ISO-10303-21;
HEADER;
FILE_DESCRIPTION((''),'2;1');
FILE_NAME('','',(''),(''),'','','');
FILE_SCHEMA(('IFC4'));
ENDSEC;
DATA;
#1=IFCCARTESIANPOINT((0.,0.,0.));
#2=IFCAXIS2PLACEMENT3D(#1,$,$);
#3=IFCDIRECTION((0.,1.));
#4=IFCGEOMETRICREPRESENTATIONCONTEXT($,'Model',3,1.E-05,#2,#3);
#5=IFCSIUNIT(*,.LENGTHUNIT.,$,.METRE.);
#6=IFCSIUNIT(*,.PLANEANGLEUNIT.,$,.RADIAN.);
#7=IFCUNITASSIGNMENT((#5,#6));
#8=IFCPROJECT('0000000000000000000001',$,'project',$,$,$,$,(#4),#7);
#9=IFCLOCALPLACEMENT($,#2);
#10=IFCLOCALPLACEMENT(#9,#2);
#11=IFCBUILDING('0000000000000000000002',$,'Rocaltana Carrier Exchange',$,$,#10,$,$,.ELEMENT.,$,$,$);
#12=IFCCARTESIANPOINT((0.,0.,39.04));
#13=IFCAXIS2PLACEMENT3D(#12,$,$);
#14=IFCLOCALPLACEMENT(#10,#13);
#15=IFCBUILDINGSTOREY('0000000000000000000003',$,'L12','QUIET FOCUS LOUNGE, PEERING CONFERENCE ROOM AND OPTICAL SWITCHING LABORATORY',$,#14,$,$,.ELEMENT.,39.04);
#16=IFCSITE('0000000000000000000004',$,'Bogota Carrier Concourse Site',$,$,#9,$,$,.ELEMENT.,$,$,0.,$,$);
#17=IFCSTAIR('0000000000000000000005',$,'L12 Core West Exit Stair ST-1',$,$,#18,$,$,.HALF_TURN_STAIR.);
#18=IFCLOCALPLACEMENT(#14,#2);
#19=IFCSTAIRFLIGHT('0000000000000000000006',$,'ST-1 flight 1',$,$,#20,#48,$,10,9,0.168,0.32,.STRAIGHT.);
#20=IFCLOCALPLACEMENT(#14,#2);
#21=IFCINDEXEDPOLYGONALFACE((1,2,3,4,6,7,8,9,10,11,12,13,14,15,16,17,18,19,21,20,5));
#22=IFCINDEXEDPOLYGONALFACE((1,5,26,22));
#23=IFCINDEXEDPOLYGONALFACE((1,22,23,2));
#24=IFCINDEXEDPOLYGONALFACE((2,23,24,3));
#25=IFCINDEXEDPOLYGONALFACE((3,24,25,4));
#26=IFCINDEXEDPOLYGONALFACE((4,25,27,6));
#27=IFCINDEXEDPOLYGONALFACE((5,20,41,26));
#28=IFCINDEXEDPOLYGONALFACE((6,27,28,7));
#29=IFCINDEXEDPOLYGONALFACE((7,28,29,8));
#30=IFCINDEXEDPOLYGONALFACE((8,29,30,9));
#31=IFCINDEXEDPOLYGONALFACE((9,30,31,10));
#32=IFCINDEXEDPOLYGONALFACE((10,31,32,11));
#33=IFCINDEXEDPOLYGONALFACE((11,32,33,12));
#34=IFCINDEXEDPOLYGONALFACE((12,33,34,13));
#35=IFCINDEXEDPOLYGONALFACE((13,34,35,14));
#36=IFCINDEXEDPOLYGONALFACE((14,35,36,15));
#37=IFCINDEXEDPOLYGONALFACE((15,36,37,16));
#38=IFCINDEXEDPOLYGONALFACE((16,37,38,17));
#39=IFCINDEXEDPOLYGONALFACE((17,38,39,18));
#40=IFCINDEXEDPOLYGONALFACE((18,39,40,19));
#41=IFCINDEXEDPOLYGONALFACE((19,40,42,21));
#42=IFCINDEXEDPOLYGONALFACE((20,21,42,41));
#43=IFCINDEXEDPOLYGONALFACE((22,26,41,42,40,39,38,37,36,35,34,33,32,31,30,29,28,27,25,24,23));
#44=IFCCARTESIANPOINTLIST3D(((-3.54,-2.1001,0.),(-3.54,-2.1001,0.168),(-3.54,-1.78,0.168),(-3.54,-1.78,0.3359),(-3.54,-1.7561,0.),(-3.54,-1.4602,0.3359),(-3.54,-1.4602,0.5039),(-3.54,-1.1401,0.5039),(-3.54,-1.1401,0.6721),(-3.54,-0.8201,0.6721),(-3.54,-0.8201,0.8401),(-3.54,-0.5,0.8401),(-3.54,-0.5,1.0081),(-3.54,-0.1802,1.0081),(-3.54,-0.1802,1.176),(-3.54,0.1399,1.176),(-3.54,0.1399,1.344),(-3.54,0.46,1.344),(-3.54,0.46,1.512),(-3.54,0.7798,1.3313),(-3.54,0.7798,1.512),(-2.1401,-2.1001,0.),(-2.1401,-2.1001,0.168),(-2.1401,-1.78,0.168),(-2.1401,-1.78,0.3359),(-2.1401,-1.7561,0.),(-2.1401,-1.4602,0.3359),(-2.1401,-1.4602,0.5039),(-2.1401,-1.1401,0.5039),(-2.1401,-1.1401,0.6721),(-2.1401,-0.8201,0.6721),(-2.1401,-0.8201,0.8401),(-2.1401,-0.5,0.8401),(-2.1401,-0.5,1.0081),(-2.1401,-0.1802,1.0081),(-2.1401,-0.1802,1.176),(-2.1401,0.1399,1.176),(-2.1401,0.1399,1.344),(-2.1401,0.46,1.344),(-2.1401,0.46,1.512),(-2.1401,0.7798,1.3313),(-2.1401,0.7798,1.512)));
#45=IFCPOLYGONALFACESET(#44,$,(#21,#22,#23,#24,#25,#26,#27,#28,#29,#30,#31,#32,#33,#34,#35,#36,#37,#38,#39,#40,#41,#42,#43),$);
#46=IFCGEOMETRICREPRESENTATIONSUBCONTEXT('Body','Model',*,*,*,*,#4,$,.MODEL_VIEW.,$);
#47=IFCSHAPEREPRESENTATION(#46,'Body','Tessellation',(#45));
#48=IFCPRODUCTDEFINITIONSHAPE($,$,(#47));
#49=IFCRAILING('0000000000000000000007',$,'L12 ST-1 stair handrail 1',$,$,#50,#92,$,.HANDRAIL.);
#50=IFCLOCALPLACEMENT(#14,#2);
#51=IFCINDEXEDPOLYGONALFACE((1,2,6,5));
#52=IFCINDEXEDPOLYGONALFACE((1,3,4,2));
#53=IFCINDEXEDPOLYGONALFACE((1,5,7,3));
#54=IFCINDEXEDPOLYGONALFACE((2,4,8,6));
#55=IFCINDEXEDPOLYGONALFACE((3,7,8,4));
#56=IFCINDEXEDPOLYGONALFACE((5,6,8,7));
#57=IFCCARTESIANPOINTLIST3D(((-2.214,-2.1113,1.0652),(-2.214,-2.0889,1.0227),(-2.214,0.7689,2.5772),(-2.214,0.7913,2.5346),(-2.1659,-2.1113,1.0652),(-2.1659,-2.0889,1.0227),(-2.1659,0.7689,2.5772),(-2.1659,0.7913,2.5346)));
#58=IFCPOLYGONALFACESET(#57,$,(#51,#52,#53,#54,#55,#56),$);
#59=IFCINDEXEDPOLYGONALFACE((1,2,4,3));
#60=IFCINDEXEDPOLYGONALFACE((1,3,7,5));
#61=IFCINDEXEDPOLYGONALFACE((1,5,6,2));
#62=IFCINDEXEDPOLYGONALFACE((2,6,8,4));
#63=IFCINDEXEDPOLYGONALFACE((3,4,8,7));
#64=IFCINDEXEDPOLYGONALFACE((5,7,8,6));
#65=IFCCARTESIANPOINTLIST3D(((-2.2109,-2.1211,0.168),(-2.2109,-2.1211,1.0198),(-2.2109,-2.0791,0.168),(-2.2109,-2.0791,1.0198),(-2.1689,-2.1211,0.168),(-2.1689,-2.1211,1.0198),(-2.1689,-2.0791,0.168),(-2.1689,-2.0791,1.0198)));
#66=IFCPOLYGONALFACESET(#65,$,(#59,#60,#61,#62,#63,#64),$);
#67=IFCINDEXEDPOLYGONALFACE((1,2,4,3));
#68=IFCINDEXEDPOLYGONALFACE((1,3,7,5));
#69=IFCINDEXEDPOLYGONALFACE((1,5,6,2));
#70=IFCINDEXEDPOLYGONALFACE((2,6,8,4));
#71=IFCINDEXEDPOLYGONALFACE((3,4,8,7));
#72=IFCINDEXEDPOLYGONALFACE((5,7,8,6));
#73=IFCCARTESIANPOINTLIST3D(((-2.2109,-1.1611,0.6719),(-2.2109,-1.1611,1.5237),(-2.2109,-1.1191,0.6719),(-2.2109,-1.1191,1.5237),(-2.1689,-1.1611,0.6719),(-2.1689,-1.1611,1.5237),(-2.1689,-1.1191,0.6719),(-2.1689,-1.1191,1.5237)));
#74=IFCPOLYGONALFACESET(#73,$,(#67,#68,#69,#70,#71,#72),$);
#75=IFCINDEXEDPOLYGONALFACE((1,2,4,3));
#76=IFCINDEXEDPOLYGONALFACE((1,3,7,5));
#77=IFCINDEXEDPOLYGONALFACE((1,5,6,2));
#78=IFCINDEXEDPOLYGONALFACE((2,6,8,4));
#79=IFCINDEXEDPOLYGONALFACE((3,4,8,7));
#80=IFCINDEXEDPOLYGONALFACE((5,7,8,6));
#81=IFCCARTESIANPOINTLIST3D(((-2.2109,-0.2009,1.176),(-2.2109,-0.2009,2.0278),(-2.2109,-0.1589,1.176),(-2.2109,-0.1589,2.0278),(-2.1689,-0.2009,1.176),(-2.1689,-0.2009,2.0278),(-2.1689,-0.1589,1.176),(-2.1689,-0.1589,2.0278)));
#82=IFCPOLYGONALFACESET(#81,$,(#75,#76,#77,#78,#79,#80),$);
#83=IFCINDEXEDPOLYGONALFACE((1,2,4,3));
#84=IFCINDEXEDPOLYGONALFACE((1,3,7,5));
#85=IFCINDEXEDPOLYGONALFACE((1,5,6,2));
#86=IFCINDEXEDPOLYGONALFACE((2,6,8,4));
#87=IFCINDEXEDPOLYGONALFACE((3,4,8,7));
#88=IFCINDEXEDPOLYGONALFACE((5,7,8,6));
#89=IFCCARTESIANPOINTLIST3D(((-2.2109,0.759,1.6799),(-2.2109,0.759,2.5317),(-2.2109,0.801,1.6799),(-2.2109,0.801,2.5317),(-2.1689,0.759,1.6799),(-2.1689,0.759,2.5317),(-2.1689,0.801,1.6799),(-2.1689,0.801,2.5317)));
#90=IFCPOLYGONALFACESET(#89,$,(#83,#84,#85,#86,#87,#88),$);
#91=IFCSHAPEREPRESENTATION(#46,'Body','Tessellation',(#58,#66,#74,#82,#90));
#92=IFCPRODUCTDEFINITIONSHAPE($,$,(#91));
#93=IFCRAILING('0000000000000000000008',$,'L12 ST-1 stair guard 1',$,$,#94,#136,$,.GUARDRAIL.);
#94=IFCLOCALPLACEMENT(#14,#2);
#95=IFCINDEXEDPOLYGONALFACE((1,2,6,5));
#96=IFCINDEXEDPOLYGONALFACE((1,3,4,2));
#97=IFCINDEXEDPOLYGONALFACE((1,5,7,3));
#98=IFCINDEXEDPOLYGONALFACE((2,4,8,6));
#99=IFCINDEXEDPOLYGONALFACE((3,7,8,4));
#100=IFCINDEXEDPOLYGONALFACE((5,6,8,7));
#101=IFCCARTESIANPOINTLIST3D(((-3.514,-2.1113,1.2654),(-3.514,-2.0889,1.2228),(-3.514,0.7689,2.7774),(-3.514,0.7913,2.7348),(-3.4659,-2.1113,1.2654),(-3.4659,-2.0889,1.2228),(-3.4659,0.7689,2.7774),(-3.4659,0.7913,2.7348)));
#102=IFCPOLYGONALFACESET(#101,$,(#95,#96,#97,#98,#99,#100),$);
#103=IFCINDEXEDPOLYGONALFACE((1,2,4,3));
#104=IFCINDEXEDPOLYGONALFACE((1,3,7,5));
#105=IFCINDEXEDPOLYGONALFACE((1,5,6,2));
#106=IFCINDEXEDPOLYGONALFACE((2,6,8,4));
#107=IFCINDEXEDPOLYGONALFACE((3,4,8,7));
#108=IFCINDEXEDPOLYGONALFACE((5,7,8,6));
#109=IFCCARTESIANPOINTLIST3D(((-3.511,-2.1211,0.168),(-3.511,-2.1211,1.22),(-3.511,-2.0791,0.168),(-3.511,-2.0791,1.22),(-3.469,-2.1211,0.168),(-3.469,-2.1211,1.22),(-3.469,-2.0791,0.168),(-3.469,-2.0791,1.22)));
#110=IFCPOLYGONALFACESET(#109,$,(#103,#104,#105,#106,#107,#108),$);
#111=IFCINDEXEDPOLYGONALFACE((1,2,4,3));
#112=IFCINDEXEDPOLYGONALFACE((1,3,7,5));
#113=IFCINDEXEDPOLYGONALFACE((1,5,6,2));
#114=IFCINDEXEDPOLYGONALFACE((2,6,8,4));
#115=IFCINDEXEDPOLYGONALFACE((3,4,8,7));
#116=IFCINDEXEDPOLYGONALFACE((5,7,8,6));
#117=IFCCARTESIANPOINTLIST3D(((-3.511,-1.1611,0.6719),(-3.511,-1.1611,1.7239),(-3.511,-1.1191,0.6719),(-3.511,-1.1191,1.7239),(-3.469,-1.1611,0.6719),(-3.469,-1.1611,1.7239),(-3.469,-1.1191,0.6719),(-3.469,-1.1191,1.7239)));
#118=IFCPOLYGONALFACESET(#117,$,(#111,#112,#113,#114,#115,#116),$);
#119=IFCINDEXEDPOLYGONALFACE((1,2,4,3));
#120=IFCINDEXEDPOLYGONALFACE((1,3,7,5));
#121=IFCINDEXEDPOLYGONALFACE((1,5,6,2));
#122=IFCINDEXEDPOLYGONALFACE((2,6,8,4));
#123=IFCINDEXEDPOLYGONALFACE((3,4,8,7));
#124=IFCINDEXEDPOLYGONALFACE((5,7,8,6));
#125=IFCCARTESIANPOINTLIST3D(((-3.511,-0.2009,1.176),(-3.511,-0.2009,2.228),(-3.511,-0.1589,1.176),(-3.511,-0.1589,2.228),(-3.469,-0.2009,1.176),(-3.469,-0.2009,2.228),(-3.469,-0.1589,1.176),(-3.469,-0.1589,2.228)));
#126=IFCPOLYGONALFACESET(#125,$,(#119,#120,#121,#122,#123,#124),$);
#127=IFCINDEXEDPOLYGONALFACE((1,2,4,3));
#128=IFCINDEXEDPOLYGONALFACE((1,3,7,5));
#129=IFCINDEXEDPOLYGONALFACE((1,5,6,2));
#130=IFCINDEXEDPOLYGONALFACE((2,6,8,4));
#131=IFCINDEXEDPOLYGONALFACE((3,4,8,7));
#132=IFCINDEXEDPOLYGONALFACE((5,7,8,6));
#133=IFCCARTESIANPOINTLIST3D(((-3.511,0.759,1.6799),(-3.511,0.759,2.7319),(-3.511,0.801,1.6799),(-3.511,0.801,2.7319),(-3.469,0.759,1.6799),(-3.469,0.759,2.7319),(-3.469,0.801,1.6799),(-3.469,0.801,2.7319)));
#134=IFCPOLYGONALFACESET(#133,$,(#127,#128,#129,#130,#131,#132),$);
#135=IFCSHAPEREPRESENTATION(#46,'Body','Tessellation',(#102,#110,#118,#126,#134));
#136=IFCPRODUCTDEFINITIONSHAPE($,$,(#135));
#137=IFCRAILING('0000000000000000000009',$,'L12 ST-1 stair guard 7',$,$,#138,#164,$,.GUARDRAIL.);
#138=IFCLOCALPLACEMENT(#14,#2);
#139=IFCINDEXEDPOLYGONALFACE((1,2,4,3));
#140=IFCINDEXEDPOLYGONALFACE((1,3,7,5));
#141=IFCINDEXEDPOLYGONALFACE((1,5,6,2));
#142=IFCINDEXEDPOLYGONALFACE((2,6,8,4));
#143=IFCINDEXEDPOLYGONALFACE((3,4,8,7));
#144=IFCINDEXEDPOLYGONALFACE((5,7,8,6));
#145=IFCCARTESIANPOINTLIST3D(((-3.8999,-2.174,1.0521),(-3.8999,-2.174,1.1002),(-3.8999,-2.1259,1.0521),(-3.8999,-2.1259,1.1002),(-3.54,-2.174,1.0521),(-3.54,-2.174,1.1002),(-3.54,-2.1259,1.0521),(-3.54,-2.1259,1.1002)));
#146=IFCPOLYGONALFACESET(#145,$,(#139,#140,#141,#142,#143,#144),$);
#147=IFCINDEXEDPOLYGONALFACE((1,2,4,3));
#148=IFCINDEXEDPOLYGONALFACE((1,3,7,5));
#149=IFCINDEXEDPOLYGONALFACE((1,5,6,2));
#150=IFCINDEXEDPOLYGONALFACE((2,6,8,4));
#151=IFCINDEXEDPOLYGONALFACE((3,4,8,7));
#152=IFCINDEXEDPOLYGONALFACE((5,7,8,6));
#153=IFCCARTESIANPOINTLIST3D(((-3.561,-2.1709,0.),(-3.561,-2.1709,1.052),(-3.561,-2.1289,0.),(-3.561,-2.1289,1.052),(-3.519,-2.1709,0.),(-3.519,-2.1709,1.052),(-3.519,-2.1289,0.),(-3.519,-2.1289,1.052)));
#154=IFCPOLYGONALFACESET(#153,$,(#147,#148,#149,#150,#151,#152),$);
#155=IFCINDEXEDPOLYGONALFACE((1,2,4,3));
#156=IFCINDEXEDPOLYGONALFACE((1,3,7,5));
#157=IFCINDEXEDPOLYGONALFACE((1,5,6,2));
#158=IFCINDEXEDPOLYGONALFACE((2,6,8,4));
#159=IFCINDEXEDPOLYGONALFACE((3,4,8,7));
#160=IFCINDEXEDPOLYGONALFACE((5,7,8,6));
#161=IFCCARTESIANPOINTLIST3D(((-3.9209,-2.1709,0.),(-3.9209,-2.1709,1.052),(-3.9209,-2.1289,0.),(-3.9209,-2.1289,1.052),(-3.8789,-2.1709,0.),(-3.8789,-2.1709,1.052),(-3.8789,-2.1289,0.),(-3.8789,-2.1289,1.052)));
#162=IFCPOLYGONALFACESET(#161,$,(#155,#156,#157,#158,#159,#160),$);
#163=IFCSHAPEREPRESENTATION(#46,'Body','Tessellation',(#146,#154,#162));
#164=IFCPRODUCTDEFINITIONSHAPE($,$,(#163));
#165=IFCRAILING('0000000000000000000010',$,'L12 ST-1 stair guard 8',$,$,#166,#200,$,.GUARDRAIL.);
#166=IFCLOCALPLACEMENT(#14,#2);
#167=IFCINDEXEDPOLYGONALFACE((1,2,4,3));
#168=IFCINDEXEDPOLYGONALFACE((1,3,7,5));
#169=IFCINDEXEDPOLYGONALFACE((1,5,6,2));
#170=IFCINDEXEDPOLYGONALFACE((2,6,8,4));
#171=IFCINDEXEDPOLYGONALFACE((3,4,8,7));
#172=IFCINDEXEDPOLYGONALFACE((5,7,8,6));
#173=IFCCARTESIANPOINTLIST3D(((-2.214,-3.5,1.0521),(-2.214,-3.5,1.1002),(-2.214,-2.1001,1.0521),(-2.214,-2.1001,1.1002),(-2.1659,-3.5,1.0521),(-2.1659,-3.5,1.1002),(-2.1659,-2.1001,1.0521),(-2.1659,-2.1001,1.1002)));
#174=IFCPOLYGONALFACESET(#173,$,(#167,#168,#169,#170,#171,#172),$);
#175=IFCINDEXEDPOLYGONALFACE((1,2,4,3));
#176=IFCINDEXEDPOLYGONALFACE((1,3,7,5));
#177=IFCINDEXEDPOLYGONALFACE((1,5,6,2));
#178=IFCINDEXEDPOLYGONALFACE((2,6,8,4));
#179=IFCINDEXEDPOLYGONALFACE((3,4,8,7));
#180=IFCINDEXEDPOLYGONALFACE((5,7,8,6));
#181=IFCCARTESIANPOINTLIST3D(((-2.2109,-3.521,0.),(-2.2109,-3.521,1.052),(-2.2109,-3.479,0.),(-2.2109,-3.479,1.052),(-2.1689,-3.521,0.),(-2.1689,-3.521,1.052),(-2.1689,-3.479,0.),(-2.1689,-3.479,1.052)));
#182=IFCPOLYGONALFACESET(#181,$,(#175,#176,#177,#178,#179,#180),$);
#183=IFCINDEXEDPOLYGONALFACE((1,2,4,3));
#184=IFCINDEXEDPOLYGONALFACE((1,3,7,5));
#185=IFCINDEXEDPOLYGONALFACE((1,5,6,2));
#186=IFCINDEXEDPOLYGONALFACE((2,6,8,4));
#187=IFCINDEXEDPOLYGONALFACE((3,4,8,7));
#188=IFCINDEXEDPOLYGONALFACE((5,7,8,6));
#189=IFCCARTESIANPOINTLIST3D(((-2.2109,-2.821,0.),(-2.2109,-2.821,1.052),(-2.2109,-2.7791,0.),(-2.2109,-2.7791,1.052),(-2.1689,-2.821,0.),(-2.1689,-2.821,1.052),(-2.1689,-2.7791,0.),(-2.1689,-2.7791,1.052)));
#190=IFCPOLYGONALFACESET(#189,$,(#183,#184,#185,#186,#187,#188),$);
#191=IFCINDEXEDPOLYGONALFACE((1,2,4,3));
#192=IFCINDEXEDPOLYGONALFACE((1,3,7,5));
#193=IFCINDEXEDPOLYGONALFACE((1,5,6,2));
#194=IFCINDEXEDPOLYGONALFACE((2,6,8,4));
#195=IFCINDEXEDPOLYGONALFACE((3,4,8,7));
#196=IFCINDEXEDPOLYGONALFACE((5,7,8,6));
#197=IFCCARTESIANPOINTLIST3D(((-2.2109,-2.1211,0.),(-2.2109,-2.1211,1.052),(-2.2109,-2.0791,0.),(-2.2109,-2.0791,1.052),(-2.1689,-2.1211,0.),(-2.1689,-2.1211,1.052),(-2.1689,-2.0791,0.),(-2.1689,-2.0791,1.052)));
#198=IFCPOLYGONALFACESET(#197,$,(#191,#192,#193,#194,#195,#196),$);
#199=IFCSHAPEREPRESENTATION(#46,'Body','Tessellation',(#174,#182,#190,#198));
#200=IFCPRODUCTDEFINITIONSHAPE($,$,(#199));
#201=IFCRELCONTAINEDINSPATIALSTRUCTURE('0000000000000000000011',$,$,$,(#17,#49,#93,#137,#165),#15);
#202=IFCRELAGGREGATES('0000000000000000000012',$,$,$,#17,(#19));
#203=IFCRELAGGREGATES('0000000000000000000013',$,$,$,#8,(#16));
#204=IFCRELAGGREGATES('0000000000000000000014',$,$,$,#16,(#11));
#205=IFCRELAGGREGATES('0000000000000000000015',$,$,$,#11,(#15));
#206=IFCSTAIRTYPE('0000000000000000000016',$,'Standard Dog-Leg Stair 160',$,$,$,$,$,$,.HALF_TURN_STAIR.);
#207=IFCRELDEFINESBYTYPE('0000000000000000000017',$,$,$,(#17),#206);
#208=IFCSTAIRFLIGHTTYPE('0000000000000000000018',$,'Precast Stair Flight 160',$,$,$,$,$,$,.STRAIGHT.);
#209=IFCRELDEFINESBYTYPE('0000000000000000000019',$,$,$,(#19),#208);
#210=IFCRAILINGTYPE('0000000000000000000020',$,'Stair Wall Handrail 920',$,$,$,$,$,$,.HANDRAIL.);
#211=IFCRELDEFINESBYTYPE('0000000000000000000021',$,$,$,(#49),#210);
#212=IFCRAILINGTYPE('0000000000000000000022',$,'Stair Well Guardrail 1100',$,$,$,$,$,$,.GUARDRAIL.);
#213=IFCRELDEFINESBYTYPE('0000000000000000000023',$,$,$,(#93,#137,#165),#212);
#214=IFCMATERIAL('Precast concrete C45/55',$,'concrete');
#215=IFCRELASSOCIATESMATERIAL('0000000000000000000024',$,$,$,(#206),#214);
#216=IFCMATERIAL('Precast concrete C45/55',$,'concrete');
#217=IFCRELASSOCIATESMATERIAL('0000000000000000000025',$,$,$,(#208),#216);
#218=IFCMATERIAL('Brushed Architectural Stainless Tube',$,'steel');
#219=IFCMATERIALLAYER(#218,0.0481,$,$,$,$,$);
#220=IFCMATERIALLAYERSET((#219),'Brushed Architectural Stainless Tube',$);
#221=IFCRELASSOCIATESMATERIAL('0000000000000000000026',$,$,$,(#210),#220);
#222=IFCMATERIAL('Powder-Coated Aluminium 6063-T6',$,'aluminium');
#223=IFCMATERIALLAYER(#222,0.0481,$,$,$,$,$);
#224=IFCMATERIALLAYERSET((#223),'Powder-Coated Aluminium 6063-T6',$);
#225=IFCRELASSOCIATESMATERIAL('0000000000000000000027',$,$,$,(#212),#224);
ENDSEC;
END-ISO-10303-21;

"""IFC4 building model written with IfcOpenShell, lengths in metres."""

from ifc_helpers import new_model, si_unit, direction, frame, origin, origin_2d, place, context, subcontext, project, spatial, polyline, rectangle, outline, extrude, material, layer, layer_set, type_object, element, aggregate, save


model = new_model("IFC4")

# Units and contexts
model_context = context("Model", 3, precision=1e-05, world=origin(), true_north=direction((0.0, 1.0)))
body_context = subcontext(model_context, "Body", "Model", "MODEL_VIEW")
ifc_project = project(units=[si_unit("LENGTHUNIT", "METRE"), si_unit("PLANEANGLEUNIT", "RADIAN")], contexts=[model_context])

# Site, building, storey
site_placement = place(None, origin())
site = spatial("IfcSite", under=ifc_project, at=site_placement, Name="Bogota Carrier Concourse Site", CompositionType="ELEMENT", RefElevation=0.0)
building_placement = place(site_placement, origin())
building = spatial("IfcBuilding", under=site, at=building_placement, Name="Rocaltana Carrier Exchange", CompositionType="ELEMENT")
storey_placement = place(building_placement, frame((0.0, 0.0, 39.04)))
storey = spatial("IfcBuildingStorey", under=building, at=storey_placement, Name="L12", Description="QUIET FOCUS LOUNGE, PEERING CONFERENCE ROOM AND OPTICAL SWITCHING LABORATORY", CompositionType="ELEMENT", Elevation=39.04)

# Stair, stair flight
ifc_material_1 = material(Name="Precast concrete C45/55", Category="concrete")
stair_type = type_object("IfcStairType", Name="Standard Dog-Leg Stair 160", PredefinedType="HALF_TURN_STAIR", material=ifc_material_1)
stair_placement = place(storey_placement, origin())
stair = element("IfcStair", 1, at=stair_placement, inside=storey, type_object=stair_type, Name="L12 Core West Exit Stair ST-1", PredefinedType="HALF_TURN_STAIR")
ifc_material_2 = material(Name="Precast concrete C45/55", Category="concrete")
stair_flight_type = type_object("IfcStairFlightType", Name="Precast Stair Flight 160", PredefinedType="STRAIGHT", material=ifc_material_2)
stair_flight_placement = place(storey_placement, frame((-2.8401, -2.1001, 0.0), z_axis=(0.0, 0.0, 1.0), x_axis=(0.0, 1.0, 0.0)))
stair_flight = element("IfcStairFlight", 2, at=stair_flight_placement, type_object=stair_flight_type, Name="ST-1 flight 1", NumberOfRisers=10, NumberOfTreads=9, PredefinedType="STRAIGHT", RiserHeight=0.168, TreadLength=0.32, context=body_context, shape_type="SweptSolid", body=[
    extrude(outline(polyline([(0.0, 0.0), (0.0, 0.168), (0.3201, 0.168), (0.3201, 0.3359), (0.6399, 0.3359), (0.6399, 0.5039), (0.96, 0.5039), (0.96, 0.6721), (1.28, 0.6721), (1.28, 0.8401), (1.6001, 0.8401), (1.6001, 1.0081), (1.9199, 1.0081), (1.9199, 1.176), (2.24, 1.176), (2.24, 1.344), (2.5601, 1.344), (2.5601, 1.512), (2.8799, 1.512), (2.8799, 1.6799), (2.8799, 1.3313), (0.344, 0.0), (0.0, 0.0)])), frame((0.0, 0.7, 0.0), z_axis=(0.0, -1.0, 0.0), x_axis=(1.0, 0.0, 0.0)), (0.0, 0.0, 1.0), 1.3999),
])
aggregate(stair, [stair_flight])

# Railings
ifc_material_3 = material(Name="Brushed Architectural Stainless Tube", Category="steel")
ifc_layer_1 = layer(ifc_material_3, 0.0481)
ifc_layer_set_1 = layer_set([ifc_layer_1], Name="Brushed Architectural Stainless Tube")
railing_type_1 = type_object("IfcRailingType", Name="Stair Wall Handrail 920", PredefinedType="HANDRAIL", material=ifc_layer_set_1)
railing_1_placement = place(storey_placement, frame((-2.1899, -2.1001, 0.168)))
element("IfcRailing", 3, at=railing_1_placement, inside=storey, type_object=railing_type_1, Name="L12 ST-1 stair handrail 1", PredefinedType="HANDRAIL", context=body_context, shape_type="SweptSolid", body=[
    extrude(rectangle(XDim=0.0481, YDim=0.0481, at=origin_2d()), frame((0.0, 0.0, 0.876), z_axis=(0.0, 0.885411, 0.464809), x_axis=(-1.0, 0.0, 0.0)), (0.0, 0.0, 1.0), 3.2529),
    extrude(rectangle(XDim=0.042, YDim=0.042, at=origin_2d()), origin(), (0.0, 0.0, 1.0), 0.8518),
    extrude(rectangle(XDim=0.042, YDim=0.042, at=origin_2d()), frame((0.0, 0.96, 0.5039)), (0.0, 0.0, 1.0), 0.8518),
    extrude(rectangle(XDim=0.042, YDim=0.042, at=origin_2d()), frame((0.0, 1.9202, 1.0081)), (0.0, 0.0, 1.0), 0.8518),
    extrude(rectangle(XDim=0.042, YDim=0.042, at=origin_2d()), frame((0.0, 2.8801, 1.512)), (0.0, 0.0, 1.0), 0.8518),
])
ifc_material_4 = material(Name="Powder-Coated Aluminium 6063-T6", Category="aluminium")
ifc_layer_2 = layer(ifc_material_4, 0.0481)
ifc_layer_set_2 = layer_set([ifc_layer_2], Name="Powder-Coated Aluminium 6063-T6")
railing_type_2 = type_object("IfcRailingType", Name="Stair Well Guardrail 1100", PredefinedType="GUARDRAIL", material=ifc_layer_set_2)
railing_2_placement = place(storey_placement, frame((-3.49, -2.1001, 0.168)))
element("IfcRailing", 4, at=railing_2_placement, inside=storey, type_object=railing_type_2, Name="L12 ST-1 stair guard 1", PredefinedType="GUARDRAIL", context=body_context, shape_type="SweptSolid", body=[
    extrude(rectangle(XDim=0.0481, YDim=0.0481, at=origin_2d()), frame((0.0, 0.0, 1.0762), z_axis=(0.0, 0.885411, 0.464809), x_axis=(-1.0, 0.0, 0.0)), (0.0, 0.0, 1.0), 3.2529),
    extrude(rectangle(XDim=0.042, YDim=0.042, at=origin_2d()), origin(), (0.0, 0.0, 1.0), 1.052),
    extrude(rectangle(XDim=0.042, YDim=0.042, at=origin_2d()), frame((0.0, 0.96, 0.5039)), (0.0, 0.0, 1.0), 1.052),
    extrude(rectangle(XDim=0.042, YDim=0.042, at=origin_2d()), frame((0.0, 1.9202, 1.0081)), (0.0, 0.0, 1.0), 1.052),
    extrude(rectangle(XDim=0.042, YDim=0.042, at=origin_2d()), frame((0.0, 2.8801, 1.512)), (0.0, 0.0, 1.0), 1.052),
])
railing_3_placement = place(storey_placement, frame((-3.54, -2.1499, 0.0)))
element("IfcRailing", 5, at=railing_3_placement, inside=storey, type_object=railing_type_2, Name="L12 ST-1 stair guard 7", PredefinedType="GUARDRAIL", context=body_context, shape_type="SweptSolid", body=[
    extrude(rectangle(XDim=0.0481, YDim=0.0481, at=origin_2d()), frame((0.0, 0.0, 1.0762), z_axis=(-1.0, 0.0, 0.0), x_axis=(0.0, -1.0, 0.0)), (0.0, 0.0, 1.0), 0.3599),
    extrude(rectangle(XDim=0.042, YDim=0.042, at=origin_2d()), origin(), (0.0, 0.0, 1.0), 1.052),
    extrude(rectangle(XDim=0.042, YDim=0.042, at=origin_2d()), frame((-0.3599, 0.0, 0.0)), (0.0, 0.0, 1.0), 1.052),
])
for number, where, name in (
    (6, (-2.1899, -3.5, 0.0), "L12 ST-1 stair guard 8"),
):
    element("IfcRailing", number, at=place(storey_placement, frame(where)), inside=storey, type_object=railing_type_2, Name=name, PredefinedType="GUARDRAIL", context=body_context, shape_type="SweptSolid", body=[
        extrude(rectangle(XDim=0.0481, YDim=0.0481, at=origin_2d()), frame((0.0, 0.0, 1.0762), z_axis=(0.0, 1.0, 0.0), x_axis=(-1.0, 0.0, 0.0)), (0.0, 0.0, 1.0), 1.3999),
        extrude(rectangle(XDim=0.042, YDim=0.042, at=origin_2d()), origin(), (0.0, 0.0, 1.0), 1.052),
        extrude(rectangle(XDim=0.042, YDim=0.042, at=origin_2d()), frame((0.0, 0.7, 0.0)), (0.0, 0.0, 1.0), 1.052),
        extrude(rectangle(XDim=0.042, YDim=0.042, at=origin_2d()), frame((0.0, 1.3999, 0.0)), (0.0, 0.0, 1.0), 1.052),
    ])

save(model, "model.ifc")
